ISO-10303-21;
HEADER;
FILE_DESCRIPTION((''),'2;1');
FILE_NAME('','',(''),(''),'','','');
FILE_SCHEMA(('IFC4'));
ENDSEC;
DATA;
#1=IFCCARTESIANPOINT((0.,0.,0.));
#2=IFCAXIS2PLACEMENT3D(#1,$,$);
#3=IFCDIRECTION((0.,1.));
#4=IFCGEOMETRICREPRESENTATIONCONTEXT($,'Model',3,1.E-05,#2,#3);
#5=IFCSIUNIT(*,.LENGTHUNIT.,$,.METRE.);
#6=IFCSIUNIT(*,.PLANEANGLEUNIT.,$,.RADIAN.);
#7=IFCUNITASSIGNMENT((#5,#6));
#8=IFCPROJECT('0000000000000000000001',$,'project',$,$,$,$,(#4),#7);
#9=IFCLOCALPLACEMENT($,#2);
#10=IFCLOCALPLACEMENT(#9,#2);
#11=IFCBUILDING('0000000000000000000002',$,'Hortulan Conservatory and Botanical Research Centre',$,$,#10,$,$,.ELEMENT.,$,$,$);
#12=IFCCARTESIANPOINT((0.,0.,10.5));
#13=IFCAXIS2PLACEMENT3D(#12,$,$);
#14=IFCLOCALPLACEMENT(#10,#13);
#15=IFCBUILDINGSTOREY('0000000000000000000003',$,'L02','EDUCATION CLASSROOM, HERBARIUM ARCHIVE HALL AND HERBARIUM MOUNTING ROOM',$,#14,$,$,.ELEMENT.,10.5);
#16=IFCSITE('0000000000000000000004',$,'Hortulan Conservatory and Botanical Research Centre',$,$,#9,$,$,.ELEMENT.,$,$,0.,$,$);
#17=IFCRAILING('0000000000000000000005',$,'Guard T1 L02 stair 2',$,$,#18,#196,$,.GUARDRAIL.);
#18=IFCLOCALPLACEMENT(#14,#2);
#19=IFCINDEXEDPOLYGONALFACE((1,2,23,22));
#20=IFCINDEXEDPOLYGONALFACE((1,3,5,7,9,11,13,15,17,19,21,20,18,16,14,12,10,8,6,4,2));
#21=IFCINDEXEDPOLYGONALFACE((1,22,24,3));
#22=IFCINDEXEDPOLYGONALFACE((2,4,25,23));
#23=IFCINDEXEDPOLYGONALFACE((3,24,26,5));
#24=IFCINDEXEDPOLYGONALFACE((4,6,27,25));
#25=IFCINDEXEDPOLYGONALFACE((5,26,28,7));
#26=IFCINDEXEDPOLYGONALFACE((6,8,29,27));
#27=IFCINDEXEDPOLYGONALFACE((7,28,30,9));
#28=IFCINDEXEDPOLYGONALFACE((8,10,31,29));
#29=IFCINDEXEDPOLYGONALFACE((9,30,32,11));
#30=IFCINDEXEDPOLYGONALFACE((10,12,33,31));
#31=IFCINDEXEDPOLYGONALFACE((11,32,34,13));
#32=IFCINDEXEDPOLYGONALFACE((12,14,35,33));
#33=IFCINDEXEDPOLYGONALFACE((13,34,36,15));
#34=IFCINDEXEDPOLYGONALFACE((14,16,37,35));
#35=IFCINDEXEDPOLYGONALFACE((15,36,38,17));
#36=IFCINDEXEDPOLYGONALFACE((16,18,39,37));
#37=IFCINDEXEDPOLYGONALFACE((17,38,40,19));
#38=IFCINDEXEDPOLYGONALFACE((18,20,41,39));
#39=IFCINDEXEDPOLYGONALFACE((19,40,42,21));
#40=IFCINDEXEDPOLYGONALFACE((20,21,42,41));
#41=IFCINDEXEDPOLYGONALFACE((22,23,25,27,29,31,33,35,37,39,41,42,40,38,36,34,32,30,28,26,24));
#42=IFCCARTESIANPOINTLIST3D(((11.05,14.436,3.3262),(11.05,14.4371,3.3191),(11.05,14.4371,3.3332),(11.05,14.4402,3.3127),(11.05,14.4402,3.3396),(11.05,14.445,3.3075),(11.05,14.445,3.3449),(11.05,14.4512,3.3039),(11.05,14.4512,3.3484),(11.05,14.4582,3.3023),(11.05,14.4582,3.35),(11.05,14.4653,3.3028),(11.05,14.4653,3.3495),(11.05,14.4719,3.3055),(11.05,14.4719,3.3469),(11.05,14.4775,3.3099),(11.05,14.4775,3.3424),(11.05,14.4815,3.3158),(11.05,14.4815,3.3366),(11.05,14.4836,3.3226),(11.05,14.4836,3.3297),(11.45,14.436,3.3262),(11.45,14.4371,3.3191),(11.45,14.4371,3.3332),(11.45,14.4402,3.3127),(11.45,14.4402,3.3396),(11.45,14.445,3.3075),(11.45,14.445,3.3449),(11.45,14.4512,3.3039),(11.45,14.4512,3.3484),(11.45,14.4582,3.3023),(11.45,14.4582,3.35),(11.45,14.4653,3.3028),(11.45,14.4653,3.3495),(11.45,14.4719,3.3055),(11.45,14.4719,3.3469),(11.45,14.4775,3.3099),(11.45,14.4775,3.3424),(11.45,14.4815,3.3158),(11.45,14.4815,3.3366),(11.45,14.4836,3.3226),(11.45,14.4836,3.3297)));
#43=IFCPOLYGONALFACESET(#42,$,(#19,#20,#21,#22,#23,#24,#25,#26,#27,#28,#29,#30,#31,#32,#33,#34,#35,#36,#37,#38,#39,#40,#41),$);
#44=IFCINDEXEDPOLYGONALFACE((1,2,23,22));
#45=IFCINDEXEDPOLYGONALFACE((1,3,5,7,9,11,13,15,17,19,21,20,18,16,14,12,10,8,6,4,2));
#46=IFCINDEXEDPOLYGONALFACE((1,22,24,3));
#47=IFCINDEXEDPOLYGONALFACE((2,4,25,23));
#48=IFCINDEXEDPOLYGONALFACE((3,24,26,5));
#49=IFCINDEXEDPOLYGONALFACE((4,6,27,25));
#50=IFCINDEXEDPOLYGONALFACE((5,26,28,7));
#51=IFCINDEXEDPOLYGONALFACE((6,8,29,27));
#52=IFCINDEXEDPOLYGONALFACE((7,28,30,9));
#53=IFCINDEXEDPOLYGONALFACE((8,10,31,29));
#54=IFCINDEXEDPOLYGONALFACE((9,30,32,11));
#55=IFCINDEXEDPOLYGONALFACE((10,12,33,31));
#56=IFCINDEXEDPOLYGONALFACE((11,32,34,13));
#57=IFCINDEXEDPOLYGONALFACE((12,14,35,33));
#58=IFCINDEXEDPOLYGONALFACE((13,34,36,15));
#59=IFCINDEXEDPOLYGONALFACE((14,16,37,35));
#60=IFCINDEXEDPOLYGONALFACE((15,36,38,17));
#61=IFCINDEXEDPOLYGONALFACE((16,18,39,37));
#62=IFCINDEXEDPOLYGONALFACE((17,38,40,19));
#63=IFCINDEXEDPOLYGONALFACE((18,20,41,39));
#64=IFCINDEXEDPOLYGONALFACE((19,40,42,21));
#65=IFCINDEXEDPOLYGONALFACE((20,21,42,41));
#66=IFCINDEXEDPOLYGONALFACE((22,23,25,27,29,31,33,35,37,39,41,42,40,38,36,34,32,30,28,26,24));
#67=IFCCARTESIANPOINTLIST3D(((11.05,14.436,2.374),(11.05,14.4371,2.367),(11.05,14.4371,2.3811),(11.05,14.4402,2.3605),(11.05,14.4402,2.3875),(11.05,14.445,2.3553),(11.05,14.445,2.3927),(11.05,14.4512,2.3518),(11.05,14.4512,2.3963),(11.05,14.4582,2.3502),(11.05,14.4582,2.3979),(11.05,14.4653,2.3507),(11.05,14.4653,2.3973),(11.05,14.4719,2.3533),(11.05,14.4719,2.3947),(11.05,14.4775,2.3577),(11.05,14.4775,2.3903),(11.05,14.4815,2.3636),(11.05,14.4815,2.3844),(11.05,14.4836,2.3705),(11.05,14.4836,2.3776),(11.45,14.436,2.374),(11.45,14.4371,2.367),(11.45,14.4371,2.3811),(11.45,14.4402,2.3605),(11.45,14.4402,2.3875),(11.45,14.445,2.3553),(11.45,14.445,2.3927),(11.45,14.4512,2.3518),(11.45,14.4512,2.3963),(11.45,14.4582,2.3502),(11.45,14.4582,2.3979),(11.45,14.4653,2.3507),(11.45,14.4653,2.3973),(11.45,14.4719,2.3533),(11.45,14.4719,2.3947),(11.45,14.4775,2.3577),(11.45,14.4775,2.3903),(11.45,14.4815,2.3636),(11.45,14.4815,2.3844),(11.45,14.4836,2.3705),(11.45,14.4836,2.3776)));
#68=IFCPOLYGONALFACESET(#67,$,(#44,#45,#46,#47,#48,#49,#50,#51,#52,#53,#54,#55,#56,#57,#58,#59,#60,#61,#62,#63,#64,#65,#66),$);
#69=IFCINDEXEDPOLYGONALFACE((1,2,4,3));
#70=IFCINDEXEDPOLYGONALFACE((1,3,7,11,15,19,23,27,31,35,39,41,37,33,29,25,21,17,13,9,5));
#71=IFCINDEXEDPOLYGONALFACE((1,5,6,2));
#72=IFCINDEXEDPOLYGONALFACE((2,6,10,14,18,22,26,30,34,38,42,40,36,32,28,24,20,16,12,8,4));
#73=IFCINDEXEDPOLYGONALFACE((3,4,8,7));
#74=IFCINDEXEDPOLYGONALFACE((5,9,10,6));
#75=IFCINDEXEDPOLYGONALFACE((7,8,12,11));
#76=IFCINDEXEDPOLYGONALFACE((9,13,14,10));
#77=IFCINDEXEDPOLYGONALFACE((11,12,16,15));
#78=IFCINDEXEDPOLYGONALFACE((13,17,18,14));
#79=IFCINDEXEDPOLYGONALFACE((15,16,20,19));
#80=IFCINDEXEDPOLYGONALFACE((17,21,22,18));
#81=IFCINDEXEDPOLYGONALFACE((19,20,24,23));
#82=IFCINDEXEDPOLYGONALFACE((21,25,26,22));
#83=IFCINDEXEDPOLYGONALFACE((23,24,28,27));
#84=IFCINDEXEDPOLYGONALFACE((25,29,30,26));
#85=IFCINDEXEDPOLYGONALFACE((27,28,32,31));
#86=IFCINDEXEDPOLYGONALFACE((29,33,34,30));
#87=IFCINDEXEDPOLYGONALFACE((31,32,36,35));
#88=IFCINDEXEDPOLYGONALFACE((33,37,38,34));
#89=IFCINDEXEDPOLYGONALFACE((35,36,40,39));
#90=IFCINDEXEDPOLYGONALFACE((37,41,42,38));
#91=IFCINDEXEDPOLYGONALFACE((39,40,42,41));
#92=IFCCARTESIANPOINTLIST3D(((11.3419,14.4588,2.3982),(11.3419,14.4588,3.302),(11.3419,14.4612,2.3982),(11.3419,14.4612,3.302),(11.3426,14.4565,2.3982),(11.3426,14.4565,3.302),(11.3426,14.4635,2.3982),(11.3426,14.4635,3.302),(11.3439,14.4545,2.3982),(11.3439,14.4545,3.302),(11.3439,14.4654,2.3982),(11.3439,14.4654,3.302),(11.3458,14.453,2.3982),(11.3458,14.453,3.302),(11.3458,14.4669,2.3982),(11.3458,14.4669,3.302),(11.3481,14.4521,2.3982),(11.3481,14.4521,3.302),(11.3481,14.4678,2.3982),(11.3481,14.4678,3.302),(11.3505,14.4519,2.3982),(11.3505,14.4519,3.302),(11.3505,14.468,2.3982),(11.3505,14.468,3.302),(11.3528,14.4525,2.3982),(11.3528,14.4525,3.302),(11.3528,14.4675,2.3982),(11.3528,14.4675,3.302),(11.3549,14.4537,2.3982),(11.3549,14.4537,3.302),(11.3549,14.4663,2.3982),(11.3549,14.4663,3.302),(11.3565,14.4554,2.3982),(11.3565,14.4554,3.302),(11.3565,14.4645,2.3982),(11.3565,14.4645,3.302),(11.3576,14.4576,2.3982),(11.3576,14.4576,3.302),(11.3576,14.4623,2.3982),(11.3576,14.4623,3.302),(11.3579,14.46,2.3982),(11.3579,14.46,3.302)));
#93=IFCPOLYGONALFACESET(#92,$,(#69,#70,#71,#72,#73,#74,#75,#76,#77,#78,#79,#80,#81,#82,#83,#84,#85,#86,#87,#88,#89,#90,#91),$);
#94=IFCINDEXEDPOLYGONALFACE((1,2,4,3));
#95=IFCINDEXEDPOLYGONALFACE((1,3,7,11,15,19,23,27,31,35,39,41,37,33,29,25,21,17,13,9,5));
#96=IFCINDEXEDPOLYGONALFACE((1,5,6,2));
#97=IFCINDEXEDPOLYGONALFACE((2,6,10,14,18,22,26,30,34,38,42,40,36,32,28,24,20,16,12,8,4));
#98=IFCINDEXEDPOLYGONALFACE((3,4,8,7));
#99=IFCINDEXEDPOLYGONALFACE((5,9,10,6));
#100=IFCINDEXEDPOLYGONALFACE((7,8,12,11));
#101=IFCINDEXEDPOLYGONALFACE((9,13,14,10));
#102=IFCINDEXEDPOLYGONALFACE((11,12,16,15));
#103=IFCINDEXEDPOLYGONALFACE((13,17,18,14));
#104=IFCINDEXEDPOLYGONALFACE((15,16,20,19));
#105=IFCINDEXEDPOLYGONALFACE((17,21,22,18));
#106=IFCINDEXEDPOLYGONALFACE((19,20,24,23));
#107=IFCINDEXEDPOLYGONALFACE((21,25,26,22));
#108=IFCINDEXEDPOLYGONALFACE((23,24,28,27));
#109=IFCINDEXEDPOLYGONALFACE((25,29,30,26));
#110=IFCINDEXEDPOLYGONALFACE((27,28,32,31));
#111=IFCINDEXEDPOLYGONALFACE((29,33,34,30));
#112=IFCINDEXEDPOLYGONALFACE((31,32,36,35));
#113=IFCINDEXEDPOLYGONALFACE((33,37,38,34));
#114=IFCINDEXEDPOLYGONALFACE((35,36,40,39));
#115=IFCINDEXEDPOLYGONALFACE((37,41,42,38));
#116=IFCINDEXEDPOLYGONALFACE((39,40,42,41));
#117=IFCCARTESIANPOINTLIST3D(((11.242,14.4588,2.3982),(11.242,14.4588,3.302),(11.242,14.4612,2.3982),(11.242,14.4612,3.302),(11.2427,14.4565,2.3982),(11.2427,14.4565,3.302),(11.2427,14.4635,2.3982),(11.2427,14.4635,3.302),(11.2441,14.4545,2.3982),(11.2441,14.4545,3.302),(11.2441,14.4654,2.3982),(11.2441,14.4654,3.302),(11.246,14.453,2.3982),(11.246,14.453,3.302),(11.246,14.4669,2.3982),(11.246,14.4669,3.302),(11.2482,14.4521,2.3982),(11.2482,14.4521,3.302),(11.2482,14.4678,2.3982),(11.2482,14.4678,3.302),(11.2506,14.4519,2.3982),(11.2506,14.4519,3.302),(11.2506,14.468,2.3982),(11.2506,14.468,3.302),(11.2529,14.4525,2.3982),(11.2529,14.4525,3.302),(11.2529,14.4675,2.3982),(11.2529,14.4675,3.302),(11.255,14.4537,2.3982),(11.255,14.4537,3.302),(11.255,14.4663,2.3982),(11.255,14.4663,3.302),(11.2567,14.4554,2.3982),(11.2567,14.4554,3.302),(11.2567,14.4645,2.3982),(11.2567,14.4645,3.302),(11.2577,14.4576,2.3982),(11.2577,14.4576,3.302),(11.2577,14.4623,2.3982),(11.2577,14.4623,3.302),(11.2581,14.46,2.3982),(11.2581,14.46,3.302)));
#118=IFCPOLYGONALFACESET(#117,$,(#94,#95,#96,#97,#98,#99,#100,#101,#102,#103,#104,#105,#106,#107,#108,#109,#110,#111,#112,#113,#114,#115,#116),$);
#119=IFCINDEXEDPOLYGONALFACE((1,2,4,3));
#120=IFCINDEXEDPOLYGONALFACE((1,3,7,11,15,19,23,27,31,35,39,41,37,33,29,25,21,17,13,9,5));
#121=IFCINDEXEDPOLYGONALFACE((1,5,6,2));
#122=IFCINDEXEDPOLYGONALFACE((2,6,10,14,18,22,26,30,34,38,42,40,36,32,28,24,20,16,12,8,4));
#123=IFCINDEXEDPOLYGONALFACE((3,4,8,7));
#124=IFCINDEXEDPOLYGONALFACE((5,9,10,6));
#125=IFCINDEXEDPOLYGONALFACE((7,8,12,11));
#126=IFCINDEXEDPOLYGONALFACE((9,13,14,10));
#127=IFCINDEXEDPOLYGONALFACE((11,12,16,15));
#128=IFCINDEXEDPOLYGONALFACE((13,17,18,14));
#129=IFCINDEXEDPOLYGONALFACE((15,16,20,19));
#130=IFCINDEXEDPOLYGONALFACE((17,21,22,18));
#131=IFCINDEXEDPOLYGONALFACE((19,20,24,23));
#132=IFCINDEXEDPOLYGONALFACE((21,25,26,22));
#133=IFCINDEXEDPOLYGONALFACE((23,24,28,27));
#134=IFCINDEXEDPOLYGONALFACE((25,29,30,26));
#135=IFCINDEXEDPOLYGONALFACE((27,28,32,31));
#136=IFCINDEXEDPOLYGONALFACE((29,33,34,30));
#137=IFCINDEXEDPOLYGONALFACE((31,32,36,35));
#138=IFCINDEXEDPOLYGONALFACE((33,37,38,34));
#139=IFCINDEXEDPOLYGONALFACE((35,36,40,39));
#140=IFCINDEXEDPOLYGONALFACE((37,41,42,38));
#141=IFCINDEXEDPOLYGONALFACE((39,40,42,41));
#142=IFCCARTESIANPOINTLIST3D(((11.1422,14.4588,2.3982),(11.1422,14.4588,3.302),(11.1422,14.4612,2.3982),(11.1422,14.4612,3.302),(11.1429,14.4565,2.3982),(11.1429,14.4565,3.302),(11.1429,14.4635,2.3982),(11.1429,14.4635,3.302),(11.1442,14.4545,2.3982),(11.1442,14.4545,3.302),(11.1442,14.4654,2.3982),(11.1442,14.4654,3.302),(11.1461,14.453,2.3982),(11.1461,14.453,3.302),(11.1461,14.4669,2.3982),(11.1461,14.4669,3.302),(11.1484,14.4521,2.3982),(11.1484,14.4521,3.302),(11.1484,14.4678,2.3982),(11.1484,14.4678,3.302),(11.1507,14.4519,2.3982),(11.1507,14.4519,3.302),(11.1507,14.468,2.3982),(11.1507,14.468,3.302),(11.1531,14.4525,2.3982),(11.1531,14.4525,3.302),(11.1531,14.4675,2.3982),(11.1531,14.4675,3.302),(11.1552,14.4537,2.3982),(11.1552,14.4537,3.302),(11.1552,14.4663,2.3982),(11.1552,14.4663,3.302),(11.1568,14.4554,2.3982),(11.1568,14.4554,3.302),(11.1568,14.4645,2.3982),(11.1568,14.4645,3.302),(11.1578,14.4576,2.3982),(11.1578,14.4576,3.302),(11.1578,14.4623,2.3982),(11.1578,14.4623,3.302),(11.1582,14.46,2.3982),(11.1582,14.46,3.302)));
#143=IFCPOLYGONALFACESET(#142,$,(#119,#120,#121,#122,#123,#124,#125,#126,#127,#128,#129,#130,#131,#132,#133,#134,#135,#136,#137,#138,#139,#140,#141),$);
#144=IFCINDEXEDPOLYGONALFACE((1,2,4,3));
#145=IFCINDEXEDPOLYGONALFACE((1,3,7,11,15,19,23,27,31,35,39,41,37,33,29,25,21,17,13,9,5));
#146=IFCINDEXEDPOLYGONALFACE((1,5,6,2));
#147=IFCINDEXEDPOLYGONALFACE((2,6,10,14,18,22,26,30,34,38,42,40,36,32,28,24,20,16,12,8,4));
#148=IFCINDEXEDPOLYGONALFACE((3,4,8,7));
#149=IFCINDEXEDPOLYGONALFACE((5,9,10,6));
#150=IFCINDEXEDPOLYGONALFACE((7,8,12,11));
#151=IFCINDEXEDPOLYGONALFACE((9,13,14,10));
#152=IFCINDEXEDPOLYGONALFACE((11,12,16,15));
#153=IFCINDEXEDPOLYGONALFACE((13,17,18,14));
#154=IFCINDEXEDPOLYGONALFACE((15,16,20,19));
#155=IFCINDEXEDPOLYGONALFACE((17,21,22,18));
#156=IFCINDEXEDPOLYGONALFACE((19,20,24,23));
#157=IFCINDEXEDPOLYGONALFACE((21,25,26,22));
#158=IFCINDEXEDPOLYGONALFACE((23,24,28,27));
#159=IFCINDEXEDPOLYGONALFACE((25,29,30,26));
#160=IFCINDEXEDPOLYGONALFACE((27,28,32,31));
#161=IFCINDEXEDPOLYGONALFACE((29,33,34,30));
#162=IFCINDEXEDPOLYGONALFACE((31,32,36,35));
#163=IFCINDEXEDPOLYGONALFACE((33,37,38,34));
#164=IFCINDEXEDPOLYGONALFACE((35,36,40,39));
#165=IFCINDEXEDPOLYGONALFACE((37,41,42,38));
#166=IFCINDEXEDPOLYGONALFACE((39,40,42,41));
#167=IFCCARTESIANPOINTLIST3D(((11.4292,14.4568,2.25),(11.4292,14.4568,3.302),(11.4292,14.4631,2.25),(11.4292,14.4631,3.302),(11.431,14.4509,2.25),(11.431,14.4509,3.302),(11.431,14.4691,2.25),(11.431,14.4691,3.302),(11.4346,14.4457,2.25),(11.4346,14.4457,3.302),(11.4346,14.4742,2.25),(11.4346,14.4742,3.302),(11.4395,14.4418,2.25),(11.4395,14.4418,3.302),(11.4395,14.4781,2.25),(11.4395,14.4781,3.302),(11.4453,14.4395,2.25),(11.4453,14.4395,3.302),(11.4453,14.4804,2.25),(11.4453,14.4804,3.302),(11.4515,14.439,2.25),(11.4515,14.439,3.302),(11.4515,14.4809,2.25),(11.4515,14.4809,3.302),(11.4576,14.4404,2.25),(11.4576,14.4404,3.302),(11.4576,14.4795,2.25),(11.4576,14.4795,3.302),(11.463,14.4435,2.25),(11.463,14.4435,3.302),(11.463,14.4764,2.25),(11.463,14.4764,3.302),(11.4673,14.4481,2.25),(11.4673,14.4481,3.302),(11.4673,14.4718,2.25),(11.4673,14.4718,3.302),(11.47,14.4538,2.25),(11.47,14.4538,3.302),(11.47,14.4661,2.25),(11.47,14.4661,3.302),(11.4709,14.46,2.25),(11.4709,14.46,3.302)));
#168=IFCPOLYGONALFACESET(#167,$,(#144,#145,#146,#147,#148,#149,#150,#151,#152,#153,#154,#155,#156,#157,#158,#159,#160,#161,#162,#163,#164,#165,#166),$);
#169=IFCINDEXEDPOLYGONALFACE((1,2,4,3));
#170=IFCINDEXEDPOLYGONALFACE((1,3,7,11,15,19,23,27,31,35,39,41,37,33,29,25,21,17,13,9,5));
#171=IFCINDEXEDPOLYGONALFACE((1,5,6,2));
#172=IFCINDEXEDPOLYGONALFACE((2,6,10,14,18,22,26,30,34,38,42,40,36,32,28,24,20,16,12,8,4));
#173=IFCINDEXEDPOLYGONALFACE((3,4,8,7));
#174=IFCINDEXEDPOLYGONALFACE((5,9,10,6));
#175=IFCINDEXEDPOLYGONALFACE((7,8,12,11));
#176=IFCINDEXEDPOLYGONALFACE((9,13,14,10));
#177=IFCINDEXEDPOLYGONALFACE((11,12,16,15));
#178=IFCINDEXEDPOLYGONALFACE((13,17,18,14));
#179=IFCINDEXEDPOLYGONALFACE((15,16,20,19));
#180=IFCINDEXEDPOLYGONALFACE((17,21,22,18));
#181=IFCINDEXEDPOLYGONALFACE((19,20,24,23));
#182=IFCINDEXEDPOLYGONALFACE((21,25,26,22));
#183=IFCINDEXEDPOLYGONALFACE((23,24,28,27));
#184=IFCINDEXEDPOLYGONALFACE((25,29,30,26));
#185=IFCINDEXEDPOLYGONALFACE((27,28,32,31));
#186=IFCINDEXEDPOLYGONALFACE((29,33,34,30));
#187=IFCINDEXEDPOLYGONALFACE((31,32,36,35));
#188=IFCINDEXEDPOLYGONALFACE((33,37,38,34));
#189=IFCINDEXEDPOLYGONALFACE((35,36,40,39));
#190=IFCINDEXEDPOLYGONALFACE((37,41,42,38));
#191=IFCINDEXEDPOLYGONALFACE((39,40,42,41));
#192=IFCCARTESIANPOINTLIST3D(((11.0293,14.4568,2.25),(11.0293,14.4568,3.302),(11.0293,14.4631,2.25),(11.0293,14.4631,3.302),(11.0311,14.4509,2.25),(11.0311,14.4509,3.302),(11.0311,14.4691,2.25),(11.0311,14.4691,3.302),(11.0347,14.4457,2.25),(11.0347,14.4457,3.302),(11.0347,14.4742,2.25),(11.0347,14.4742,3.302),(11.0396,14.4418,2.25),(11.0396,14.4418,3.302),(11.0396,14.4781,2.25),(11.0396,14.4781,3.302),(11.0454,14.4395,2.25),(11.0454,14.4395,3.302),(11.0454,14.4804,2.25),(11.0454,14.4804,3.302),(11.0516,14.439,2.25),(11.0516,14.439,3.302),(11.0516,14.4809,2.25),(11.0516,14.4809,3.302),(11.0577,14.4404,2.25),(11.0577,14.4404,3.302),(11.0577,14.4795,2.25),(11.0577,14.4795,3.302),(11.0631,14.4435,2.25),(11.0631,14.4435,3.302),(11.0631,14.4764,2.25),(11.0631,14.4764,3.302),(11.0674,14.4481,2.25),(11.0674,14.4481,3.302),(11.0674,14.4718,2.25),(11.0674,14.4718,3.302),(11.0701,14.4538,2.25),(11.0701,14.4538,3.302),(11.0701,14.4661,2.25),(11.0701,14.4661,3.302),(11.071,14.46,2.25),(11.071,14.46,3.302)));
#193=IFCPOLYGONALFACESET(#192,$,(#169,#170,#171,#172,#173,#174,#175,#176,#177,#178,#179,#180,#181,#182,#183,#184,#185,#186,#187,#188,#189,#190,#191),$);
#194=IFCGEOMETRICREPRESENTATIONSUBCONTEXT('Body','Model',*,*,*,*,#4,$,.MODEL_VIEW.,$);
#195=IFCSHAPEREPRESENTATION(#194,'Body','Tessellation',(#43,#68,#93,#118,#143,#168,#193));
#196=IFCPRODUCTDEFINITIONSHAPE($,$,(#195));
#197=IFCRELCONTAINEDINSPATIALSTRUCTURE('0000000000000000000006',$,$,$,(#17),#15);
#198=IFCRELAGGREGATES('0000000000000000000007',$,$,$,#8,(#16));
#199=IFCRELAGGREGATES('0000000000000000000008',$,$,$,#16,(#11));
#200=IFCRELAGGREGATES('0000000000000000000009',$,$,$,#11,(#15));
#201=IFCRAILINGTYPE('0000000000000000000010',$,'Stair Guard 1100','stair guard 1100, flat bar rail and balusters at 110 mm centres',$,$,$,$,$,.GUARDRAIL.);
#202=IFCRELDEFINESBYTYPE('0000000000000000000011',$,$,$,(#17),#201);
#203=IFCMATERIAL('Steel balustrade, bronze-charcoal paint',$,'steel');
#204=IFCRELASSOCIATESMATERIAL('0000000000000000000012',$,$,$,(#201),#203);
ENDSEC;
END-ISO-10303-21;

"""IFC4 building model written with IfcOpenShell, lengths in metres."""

from ifc_helpers import new_model, si_unit, direction, frame, origin, origin_2d, place, context, subcontext, project, spatial, circle, extrude, material, type_object, element, save


model = new_model("IFC4")

# Units and contexts
model_context = context("Model", 3, precision=1e-05, world=origin(), true_north=direction((0.0, 1.0)))
body_context = subcontext(model_context, "Body", "Model", "MODEL_VIEW")
ifc_project = project(units=[si_unit("LENGTHUNIT", "METRE"), si_unit("PLANEANGLEUNIT", "RADIAN")], contexts=[model_context])

# Site, building, storey
site_placement = place(None, origin())
site = spatial("IfcSite", under=ifc_project, at=site_placement, Name="Hortulan Conservatory and Botanical Research Centre", CompositionType="ELEMENT", RefElevation=0.0)
building_placement = place(site_placement, origin())
building = spatial("IfcBuilding", under=site, at=building_placement, Name="Hortulan Conservatory and Botanical Research Centre", CompositionType="ELEMENT")
storey_placement = place(building_placement, frame((0.0, 0.0, 10.5)))
storey = spatial("IfcBuildingStorey", under=building, at=storey_placement, Name="L02", Description="EDUCATION CLASSROOM, HERBARIUM ARCHIVE HALL AND HERBARIUM MOUNTING ROOM", CompositionType="ELEMENT", Elevation=10.5)

# Railing
ifc_material_1 = material(Name="Steel balustrade, bronze-charcoal paint", Category="steel")
railing_type_1 = type_object("IfcRailingType", Name="Stair Guard 1100", Description="stair guard 1100, flat bar rail and balusters at 110 mm centres", PredefinedType="GUARDRAIL", material=ifc_material_1)
railing_1_placement = place(storey_placement, frame((11.45, 14.46, 2.25)))
element("IfcRailing", 1, at=railing_1_placement, inside=storey, type_object=railing_type_1, Name="Guard T1 L02 stair 2", PredefinedType="GUARDRAIL", context=body_context, shape_type="SweptSolid", body=[
    extrude(circle(Radius=0.0239, at=origin_2d()), frame((0.0, 0.0, 1.0762), z_axis=(-1.0, 0.0, 0.0), x_axis=(0.0, -1.0, 0.0)), (0.0, 0.0, 1.0), 0.3999),
    extrude(circle(Radius=0.0239, at=origin_2d()), frame((0.0, 0.0, 0.124), z_axis=(-1.0, 0.0, 0.0), x_axis=(0.0, -1.0, 0.0)), (0.0, 0.0, 1.0), 0.3999),
    extrude(circle(Radius=0.0081, at=origin_2d()), frame((-0.1001, 0.0, 0.1482)), (0.0, 0.0, 1.0), 0.9038),
    extrude(circle(Radius=0.0081, at=origin_2d()), frame((-0.2, 0.0, 0.1482)), (0.0, 0.0, 1.0), 0.9038),
    extrude(circle(Radius=0.0081, at=origin_2d()), frame((-0.2998, 0.0, 0.1482)), (0.0, 0.0, 1.0), 0.9038),
    extrude(circle(Radius=0.021, at=origin_2d()), origin(), (0.0, 0.0, 1.0), 1.052),
    extrude(circle(Radius=0.021, at=origin_2d()), frame((-0.3999, 0.0, 0.0)), (0.0, 0.0, 1.0), 1.052),
])

save(model, "model.ifc")
